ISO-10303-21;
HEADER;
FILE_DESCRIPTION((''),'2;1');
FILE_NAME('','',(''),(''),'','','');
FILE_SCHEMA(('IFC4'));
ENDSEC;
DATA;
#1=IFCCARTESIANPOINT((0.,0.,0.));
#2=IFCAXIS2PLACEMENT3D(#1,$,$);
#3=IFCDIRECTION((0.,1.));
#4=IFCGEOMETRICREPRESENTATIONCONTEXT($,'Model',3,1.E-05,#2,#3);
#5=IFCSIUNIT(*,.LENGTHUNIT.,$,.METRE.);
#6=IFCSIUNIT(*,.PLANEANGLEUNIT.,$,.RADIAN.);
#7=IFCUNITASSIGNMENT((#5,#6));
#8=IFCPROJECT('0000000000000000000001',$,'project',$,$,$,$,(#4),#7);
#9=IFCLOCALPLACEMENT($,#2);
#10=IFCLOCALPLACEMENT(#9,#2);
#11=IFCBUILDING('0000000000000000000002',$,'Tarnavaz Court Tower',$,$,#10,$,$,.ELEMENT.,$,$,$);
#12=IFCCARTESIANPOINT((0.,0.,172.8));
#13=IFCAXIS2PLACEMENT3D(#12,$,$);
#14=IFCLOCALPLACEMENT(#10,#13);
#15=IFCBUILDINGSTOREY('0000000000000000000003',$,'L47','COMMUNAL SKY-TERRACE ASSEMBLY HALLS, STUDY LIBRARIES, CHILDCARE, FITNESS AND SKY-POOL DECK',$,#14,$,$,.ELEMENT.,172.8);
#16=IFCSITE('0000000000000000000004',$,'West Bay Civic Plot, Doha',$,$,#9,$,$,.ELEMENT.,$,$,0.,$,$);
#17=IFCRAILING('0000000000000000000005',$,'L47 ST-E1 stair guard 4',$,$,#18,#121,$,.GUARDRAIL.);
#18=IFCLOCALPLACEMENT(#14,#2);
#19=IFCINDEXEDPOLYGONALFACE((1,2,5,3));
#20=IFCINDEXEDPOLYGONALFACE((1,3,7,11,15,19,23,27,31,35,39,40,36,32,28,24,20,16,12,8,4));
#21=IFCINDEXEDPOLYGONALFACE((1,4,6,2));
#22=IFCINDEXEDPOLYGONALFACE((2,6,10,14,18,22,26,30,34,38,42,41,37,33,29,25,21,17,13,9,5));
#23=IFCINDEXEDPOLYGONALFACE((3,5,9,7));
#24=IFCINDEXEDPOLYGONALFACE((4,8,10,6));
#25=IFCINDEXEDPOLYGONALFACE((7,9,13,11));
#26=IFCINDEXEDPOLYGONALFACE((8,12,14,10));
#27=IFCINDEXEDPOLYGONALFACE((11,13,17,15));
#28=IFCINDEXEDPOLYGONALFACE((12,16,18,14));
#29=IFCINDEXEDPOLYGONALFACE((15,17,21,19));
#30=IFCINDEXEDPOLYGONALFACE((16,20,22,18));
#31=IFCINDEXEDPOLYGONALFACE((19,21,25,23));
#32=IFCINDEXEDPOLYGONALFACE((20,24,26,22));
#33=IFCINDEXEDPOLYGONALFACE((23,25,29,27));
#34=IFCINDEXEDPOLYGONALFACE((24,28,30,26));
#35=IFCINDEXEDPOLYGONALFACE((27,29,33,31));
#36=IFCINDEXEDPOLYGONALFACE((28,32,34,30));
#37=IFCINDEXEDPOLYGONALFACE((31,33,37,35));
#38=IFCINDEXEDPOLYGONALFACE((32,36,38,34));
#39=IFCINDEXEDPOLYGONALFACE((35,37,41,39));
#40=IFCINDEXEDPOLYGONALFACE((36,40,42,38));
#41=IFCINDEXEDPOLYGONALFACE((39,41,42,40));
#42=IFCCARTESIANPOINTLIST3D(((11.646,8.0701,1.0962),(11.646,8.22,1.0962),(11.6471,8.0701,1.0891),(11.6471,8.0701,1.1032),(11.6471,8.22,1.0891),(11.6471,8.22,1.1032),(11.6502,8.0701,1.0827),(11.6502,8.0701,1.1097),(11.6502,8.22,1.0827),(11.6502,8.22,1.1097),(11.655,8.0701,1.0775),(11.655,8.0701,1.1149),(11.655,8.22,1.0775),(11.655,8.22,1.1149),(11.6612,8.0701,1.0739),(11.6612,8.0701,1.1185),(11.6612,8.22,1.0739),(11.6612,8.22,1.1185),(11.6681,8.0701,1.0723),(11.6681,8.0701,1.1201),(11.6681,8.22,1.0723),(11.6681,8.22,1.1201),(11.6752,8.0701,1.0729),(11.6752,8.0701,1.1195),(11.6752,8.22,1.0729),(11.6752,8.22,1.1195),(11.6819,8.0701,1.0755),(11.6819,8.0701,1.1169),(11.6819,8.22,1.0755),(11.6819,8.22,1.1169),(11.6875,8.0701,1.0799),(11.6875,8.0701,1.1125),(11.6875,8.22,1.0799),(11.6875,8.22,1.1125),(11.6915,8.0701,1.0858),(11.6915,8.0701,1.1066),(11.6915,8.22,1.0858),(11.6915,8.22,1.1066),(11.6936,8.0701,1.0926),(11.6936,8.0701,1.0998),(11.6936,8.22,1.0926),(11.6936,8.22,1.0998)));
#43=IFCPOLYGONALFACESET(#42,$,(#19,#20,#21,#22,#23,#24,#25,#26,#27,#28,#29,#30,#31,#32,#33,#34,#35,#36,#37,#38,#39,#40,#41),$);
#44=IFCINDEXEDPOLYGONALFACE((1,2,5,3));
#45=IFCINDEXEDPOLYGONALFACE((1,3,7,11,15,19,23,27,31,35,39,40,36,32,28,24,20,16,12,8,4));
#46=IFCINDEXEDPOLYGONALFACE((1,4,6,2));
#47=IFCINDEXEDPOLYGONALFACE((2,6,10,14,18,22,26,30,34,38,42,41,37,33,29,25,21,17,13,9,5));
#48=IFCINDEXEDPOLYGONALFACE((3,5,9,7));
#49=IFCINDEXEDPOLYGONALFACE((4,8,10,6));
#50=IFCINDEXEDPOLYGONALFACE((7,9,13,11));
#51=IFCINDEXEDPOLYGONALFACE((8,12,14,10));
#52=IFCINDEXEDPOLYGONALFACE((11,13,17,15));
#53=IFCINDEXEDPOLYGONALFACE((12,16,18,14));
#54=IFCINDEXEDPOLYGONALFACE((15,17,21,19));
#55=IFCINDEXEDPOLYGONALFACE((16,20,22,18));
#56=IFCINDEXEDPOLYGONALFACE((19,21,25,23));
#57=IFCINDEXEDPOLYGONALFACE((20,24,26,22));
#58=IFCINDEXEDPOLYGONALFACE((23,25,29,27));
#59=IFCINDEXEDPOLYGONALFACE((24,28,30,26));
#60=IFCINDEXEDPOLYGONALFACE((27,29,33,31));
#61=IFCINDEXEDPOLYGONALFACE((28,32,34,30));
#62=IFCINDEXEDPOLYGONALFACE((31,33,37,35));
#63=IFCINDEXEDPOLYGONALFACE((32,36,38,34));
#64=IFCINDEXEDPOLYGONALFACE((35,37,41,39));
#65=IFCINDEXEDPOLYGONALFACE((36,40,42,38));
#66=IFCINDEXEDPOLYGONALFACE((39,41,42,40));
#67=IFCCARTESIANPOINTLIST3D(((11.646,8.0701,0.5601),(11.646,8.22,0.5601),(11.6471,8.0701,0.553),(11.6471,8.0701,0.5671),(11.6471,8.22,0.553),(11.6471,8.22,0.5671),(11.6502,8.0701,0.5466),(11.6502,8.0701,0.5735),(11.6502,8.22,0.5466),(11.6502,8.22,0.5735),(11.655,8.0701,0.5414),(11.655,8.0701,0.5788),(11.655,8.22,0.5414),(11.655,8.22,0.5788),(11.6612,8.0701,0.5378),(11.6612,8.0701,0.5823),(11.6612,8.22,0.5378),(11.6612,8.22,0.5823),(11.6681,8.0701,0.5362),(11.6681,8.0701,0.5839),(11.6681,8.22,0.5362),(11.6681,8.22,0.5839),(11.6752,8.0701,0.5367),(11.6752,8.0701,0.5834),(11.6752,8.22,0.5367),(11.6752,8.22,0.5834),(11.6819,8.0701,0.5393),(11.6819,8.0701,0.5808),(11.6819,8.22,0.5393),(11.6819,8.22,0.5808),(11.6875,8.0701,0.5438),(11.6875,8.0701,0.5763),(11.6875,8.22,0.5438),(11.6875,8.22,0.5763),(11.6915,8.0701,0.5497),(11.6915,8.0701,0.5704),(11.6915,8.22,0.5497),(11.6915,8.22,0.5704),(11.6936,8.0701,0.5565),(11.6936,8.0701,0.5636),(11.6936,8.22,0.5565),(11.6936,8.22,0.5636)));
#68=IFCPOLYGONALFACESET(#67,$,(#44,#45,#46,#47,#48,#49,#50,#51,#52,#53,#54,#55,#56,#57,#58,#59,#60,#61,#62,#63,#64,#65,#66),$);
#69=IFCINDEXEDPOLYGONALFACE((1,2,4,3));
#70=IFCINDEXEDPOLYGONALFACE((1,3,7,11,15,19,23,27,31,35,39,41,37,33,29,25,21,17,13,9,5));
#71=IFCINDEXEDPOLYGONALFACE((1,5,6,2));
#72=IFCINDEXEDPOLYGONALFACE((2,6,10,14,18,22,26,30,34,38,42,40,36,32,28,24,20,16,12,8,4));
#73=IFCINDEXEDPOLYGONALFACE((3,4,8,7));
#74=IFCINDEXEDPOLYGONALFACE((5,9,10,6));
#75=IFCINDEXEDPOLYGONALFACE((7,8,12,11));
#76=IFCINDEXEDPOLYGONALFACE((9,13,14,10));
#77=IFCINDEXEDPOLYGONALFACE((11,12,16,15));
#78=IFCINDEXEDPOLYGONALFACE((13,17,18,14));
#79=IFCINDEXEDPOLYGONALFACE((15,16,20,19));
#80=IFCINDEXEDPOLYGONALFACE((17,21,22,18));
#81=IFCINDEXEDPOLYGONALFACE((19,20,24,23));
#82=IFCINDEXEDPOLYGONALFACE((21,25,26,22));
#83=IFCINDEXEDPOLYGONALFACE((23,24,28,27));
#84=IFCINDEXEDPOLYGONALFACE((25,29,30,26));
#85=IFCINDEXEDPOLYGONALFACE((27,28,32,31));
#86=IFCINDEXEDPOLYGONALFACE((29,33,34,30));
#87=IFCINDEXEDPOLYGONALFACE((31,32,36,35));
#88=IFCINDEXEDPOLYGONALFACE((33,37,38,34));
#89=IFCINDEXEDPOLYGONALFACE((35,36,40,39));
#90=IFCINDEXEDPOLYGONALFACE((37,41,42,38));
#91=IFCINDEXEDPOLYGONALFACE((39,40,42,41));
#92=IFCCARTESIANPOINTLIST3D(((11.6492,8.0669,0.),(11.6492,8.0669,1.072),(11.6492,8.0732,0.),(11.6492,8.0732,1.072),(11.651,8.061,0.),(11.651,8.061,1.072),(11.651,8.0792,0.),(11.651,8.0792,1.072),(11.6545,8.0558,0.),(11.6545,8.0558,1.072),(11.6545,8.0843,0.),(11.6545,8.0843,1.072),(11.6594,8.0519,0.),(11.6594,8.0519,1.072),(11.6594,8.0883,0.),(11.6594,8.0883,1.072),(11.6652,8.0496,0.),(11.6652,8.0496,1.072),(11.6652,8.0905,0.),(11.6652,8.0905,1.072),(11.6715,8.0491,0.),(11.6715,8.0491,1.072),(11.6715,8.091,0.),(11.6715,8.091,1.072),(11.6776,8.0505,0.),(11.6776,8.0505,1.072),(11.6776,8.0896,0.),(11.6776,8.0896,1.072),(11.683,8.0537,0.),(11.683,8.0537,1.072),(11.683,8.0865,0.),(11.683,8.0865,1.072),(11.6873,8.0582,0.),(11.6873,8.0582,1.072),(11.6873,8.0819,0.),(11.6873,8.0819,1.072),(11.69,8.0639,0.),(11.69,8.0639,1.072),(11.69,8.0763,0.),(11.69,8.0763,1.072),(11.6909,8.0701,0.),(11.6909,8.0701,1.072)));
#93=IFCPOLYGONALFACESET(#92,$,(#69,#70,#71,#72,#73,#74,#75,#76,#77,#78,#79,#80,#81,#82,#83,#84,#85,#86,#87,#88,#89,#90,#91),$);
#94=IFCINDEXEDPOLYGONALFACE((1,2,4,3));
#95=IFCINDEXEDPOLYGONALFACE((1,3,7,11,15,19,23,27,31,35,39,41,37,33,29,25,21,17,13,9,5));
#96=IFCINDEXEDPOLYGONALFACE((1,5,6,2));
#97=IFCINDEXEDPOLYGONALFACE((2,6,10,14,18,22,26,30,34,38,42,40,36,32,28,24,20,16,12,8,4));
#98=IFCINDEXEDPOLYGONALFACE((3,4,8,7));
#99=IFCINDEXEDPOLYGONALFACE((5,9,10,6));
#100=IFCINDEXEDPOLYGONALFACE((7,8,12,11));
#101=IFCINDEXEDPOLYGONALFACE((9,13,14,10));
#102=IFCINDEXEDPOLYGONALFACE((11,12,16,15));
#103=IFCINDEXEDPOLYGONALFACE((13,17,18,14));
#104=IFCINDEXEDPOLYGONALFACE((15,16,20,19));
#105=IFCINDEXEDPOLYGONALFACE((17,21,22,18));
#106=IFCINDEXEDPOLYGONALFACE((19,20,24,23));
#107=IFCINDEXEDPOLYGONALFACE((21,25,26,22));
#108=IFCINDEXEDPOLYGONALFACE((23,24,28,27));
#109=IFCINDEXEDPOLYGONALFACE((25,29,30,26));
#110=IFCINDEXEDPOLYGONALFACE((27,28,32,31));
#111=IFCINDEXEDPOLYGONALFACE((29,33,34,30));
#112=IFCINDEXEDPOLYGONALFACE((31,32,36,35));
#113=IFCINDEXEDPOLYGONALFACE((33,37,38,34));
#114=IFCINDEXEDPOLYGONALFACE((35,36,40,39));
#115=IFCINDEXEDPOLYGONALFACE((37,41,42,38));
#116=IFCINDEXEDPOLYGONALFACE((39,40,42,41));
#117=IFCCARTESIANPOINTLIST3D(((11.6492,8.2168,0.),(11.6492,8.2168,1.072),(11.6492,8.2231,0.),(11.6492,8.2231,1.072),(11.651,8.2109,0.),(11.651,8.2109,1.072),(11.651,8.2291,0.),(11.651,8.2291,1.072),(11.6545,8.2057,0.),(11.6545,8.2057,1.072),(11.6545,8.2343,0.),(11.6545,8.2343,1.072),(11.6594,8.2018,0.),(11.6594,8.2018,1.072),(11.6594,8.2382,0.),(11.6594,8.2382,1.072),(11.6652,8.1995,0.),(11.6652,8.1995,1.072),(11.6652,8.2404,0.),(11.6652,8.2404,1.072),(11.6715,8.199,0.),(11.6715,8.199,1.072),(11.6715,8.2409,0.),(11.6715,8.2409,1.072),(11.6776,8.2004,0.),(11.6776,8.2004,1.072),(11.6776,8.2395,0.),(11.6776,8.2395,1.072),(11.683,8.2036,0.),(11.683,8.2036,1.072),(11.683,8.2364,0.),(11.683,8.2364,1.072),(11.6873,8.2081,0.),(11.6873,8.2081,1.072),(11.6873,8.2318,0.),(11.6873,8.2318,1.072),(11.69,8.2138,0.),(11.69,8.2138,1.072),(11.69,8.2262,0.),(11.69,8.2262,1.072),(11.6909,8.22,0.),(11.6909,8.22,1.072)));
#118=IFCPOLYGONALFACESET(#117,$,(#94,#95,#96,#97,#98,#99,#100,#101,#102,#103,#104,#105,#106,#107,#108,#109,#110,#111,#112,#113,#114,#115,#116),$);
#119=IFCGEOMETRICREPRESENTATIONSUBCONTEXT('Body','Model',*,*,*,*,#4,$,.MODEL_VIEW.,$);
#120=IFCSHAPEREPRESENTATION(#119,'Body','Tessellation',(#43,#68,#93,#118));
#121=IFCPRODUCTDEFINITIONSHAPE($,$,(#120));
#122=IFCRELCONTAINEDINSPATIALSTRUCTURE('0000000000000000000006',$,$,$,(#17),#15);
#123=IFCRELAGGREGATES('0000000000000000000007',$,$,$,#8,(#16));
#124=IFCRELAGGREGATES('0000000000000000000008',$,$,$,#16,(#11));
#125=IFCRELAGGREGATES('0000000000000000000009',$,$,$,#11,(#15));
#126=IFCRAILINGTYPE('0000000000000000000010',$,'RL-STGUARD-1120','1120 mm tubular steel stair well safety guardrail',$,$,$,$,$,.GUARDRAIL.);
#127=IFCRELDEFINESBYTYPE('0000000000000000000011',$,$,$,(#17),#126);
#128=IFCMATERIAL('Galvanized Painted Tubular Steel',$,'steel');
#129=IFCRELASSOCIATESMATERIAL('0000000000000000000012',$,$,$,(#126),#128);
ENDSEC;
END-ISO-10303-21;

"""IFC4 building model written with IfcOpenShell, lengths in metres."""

from ifc_helpers import new_model, si_unit, direction, frame, origin, origin_2d, place, context, subcontext, project, spatial, circle, extrude, material, type_object, element, save


model = new_model("IFC4")

# Units and contexts
model_context = context("Model", 3, precision=1e-05, world=origin(), true_north=direction((0.0, 1.0)))
body_context = subcontext(model_context, "Body", "Model", "MODEL_VIEW")
ifc_project = project(units=[si_unit("LENGTHUNIT", "METRE"), si_unit("PLANEANGLEUNIT", "RADIAN")], contexts=[model_context])

# Site, building, storey
site_placement = place(None, origin())
site = spatial("IfcSite", under=ifc_project, at=site_placement, Name="West Bay Civic Plot, Doha", CompositionType="ELEMENT", RefElevation=0.0)
building_placement = place(site_placement, origin())
building = spatial("IfcBuilding", under=site, at=building_placement, Name="Tarnavaz Court Tower", CompositionType="ELEMENT")
storey_placement = place(building_placement, frame((0.0, 0.0, 172.8)))
storey = spatial("IfcBuildingStorey", under=building, at=storey_placement, Name="L47", Description="COMMUNAL SKY-TERRACE ASSEMBLY HALLS, STUDY LIBRARIES, CHILDCARE, FITNESS AND SKY-POOL DECK", CompositionType="ELEMENT", Elevation=172.8)

# Railing
ifc_material_1 = material(Name="Galvanized Painted Tubular Steel", Category="steel")
railing_type_1 = type_object("IfcRailingType", Name="RL-STGUARD-1120", Description="1120 mm tubular steel stair well safety guardrail", PredefinedType="GUARDRAIL", material=ifc_material_1)
railing_1_placement = place(storey_placement, frame((11.6699, 8.0701, 0.0)))
element("IfcRailing", 1, at=railing_1_placement, inside=storey, type_object=railing_type_1, Name="L47 ST-E1 stair guard 4", PredefinedType="GUARDRAIL", context=body_context, shape_type="SweptSolid", body=[
    extrude(circle(Radius=0.0239, at=origin_2d()), frame((0.0, 0.0, 1.0962), z_axis=(0.0, 1.0, 0.0), x_axis=(-1.0, 0.0, 0.0)), (0.0, 0.0, 1.0), 0.1499),
    extrude(circle(Radius=0.0239, at=origin_2d()), frame((0.0, 0.0, 0.5601), z_axis=(0.0, 1.0, 0.0), x_axis=(-1.0, 0.0, 0.0)), (0.0, 0.0, 1.0), 0.1499),
    extrude(circle(Radius=0.021, at=origin_2d()), origin(), (0.0, 0.0, 1.0), 1.072),
    extrude(circle(Radius=0.021, at=origin_2d()), frame((0.0, 0.1499, 0.0)), (0.0, 0.0, 1.0), 1.072),
])

save(model, "model.ifc")
